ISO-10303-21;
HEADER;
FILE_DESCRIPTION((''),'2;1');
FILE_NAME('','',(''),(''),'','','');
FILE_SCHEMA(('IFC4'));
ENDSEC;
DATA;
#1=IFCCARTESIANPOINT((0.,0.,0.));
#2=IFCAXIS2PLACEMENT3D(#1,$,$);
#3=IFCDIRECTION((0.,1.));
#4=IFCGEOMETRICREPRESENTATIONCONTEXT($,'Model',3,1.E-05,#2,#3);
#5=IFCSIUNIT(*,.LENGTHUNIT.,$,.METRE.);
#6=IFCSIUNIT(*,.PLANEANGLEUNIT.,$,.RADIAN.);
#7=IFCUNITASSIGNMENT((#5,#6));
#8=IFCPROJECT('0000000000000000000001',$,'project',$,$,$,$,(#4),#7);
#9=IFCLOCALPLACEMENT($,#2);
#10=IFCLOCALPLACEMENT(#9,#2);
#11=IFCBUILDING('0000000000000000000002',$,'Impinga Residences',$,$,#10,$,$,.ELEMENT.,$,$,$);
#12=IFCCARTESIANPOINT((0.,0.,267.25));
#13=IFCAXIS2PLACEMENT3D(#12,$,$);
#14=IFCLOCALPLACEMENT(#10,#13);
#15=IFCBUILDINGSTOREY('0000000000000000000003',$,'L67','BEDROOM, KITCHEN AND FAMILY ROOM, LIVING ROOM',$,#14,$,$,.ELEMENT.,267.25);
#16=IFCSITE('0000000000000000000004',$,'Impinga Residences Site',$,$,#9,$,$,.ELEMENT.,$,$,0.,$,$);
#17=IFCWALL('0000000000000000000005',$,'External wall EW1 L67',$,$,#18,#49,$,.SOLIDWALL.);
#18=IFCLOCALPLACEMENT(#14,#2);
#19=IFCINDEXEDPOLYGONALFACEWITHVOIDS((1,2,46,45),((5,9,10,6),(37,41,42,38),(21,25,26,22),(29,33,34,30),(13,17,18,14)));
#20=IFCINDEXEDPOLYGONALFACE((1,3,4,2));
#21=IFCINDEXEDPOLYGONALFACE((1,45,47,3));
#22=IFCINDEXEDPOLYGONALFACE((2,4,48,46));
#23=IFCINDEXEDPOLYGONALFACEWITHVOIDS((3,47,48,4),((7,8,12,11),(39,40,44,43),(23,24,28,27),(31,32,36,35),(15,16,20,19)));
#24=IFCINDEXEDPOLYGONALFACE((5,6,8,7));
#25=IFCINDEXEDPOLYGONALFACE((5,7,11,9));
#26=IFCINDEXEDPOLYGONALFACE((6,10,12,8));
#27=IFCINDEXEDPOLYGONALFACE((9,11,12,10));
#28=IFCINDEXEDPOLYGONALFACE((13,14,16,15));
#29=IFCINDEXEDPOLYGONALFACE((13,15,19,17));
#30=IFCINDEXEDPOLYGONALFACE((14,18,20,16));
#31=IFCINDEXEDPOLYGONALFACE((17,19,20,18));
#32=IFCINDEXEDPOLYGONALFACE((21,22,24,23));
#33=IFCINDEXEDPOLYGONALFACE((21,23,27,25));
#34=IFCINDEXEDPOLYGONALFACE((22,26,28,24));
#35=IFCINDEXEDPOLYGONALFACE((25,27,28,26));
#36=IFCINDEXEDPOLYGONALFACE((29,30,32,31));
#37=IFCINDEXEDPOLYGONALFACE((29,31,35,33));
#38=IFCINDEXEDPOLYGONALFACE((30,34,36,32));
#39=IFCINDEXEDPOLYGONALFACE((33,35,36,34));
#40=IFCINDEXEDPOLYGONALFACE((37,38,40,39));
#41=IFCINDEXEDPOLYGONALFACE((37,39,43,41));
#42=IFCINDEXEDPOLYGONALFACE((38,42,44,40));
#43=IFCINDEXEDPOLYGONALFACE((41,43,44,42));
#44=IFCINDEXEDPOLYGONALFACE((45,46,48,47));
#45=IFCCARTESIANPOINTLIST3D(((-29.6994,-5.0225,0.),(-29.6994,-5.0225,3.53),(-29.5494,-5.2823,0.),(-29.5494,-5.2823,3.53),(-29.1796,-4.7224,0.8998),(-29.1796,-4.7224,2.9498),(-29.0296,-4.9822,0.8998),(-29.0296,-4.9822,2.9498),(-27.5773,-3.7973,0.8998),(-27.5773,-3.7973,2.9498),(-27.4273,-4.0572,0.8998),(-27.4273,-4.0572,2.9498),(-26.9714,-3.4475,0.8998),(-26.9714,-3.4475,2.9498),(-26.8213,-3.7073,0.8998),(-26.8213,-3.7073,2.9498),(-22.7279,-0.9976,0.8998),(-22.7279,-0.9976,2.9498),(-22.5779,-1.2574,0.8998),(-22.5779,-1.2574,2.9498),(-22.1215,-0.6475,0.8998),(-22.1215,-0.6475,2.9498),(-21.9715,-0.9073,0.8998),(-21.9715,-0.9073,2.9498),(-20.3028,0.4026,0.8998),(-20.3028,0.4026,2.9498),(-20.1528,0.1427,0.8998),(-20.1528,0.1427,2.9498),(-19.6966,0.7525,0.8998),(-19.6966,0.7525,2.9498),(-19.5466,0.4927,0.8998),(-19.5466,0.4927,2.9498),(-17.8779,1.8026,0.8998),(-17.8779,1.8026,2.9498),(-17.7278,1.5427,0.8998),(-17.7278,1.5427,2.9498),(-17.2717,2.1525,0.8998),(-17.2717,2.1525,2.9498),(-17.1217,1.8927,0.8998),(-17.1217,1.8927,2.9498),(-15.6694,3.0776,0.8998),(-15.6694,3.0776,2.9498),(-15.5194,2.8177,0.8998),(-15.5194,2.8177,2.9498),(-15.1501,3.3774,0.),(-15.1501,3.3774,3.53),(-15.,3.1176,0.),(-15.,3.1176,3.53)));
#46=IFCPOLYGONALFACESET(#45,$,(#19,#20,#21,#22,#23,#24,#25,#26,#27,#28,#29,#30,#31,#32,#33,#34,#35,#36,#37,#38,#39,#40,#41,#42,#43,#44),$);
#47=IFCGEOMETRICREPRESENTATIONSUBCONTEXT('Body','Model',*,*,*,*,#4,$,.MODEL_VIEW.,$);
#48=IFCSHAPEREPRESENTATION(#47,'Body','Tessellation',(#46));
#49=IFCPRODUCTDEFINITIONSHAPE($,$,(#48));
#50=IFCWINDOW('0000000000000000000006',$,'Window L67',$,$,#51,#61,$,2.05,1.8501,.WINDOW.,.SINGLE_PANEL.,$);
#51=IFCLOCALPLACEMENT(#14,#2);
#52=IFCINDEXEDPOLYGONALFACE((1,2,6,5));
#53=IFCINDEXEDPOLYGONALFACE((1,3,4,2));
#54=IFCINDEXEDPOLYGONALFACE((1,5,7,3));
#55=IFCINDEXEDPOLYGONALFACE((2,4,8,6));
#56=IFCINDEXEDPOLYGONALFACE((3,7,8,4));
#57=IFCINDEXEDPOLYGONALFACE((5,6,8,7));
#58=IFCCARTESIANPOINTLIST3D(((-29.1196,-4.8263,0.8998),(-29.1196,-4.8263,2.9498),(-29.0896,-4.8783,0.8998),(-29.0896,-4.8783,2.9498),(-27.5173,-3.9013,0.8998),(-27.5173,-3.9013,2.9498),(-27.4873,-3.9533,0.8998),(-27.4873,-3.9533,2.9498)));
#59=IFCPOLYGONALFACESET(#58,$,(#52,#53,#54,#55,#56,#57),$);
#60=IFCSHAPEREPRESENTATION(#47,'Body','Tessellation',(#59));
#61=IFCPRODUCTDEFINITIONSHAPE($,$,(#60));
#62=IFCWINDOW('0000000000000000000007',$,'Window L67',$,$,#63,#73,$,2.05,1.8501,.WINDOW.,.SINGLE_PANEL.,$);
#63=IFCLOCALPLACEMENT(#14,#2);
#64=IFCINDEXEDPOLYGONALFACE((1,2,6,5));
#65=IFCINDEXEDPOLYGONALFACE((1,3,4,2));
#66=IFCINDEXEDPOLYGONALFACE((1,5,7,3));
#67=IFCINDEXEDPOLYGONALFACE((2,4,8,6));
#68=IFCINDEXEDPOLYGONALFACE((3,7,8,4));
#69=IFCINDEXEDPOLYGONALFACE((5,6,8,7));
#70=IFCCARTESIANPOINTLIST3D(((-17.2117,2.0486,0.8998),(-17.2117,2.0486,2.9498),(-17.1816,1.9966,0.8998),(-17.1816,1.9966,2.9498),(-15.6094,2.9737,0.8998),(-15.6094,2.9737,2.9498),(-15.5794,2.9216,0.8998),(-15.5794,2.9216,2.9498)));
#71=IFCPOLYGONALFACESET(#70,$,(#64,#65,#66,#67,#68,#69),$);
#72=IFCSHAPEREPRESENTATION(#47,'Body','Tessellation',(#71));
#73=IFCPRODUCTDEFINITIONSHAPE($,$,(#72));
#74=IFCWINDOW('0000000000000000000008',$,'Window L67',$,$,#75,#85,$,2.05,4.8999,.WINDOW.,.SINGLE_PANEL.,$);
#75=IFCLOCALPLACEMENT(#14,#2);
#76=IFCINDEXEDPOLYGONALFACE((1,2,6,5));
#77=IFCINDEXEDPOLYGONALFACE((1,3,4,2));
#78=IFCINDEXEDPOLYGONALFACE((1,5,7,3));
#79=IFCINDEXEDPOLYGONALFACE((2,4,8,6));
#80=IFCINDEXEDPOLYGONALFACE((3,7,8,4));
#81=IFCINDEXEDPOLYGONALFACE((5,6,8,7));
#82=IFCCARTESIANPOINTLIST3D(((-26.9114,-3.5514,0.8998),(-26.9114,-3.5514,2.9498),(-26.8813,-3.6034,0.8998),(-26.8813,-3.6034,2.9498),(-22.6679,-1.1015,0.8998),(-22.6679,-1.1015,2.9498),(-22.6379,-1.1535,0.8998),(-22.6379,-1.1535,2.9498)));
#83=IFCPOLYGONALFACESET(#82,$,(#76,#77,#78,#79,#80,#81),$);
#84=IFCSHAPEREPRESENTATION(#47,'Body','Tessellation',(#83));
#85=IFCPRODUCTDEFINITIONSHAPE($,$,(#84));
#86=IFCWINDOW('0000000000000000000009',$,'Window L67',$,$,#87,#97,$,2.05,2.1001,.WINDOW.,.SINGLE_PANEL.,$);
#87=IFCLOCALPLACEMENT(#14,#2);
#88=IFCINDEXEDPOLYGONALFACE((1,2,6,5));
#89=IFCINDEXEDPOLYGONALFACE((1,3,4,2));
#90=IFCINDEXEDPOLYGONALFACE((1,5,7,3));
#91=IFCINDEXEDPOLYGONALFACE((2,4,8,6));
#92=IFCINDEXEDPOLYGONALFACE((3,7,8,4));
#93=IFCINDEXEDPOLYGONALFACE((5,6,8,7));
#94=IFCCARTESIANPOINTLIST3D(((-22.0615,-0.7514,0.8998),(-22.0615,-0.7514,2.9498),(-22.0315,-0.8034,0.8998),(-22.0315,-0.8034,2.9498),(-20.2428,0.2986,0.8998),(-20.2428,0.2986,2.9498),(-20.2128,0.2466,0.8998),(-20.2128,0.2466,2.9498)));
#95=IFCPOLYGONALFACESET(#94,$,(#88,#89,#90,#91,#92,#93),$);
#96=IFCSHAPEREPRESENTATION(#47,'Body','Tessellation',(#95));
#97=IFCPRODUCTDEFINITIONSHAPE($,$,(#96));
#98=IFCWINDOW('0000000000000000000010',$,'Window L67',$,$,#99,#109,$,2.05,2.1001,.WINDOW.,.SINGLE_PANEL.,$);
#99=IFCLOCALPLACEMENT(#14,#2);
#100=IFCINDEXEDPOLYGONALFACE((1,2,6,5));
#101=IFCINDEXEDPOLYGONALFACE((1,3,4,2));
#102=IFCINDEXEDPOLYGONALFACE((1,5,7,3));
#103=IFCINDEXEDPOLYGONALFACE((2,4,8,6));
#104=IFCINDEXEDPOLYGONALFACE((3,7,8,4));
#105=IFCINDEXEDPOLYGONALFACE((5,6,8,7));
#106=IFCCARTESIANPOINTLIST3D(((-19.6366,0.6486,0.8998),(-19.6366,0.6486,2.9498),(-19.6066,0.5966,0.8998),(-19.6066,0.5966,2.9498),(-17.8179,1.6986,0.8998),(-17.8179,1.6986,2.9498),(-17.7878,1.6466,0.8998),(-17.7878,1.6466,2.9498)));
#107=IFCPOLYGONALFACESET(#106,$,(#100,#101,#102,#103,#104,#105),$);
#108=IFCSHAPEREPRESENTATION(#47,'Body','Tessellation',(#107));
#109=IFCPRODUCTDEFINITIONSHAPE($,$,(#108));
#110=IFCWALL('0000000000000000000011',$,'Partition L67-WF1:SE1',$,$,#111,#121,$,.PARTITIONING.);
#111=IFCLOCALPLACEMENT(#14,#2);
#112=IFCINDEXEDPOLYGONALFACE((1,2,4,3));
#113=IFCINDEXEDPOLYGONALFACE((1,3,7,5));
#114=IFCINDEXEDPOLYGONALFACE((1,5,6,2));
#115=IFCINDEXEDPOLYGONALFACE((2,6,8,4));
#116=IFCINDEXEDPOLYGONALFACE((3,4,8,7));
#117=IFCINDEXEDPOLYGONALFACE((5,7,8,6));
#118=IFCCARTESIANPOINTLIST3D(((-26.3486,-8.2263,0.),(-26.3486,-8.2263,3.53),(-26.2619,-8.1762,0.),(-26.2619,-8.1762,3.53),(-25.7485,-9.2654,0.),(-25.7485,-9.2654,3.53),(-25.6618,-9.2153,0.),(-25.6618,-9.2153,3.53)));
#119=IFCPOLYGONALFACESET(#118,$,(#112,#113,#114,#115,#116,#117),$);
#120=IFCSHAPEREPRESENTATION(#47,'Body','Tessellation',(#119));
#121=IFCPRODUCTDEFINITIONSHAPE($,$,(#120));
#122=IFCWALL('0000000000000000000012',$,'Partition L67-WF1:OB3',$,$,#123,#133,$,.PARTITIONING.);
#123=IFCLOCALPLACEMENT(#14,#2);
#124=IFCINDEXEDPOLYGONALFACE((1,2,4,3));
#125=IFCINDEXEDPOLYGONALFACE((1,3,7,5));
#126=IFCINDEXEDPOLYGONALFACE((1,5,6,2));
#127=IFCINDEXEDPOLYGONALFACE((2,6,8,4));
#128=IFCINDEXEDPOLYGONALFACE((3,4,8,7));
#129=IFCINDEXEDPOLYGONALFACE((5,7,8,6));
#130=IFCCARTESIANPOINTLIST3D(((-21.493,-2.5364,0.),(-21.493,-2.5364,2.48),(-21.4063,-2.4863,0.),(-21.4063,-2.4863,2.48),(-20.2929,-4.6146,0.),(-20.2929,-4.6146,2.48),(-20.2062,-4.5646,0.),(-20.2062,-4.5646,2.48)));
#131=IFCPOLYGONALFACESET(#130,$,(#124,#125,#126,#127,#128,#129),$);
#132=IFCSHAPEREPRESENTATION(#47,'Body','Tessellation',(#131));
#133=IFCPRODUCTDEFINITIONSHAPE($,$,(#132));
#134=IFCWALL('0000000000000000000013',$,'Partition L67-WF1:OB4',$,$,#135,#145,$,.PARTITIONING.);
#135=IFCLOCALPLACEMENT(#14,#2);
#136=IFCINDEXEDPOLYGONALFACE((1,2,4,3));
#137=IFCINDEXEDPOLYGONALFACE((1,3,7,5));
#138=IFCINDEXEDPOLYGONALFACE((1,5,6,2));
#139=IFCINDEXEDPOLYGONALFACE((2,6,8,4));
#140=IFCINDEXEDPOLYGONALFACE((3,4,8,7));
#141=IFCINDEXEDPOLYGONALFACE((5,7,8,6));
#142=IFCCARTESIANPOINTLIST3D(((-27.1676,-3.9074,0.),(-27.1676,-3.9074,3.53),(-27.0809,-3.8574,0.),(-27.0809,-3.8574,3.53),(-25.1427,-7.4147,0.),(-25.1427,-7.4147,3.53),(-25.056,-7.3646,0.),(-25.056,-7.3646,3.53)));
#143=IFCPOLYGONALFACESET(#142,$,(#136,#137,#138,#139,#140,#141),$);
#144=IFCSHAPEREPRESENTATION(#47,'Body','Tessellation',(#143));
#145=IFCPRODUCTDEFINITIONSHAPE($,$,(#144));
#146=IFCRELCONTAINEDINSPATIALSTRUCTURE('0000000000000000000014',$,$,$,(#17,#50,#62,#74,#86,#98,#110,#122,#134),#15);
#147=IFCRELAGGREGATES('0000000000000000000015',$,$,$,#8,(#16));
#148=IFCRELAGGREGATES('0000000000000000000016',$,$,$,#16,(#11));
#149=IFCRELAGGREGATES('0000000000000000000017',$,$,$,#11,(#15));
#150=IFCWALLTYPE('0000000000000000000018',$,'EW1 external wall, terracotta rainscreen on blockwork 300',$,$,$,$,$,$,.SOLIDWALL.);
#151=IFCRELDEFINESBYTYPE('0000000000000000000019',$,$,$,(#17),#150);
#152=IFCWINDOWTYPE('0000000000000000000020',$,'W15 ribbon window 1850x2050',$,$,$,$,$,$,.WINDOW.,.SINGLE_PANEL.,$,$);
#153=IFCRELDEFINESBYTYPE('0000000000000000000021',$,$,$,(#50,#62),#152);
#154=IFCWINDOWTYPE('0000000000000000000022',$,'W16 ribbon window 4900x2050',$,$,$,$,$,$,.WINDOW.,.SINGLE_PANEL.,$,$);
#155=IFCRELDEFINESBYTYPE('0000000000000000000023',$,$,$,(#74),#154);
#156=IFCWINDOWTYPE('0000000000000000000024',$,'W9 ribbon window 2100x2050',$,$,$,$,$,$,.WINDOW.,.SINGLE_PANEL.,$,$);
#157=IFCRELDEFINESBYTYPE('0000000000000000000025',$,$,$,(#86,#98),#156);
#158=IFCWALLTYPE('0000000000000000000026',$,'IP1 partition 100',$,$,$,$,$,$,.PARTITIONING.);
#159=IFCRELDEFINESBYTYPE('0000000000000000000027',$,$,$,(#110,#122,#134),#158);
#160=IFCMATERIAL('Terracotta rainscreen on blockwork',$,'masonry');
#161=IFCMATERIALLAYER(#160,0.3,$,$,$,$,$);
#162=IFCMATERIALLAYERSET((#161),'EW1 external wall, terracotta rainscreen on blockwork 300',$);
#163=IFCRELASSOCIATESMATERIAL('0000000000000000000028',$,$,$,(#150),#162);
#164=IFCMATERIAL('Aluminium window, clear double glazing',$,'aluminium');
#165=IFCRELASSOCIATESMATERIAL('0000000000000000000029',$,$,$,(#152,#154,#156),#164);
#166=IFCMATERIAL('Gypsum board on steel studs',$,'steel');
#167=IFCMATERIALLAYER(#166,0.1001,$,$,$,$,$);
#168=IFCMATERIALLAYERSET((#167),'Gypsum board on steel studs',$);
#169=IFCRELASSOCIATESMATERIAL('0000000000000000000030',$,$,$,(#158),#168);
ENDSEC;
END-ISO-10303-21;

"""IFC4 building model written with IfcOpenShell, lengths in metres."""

from ifc_helpers import new_model, si_unit, direction, frame, frame_2d, origin, place, context, subcontext, project, spatial, rectangle, extrude, material, layer, layer_set, type_object, element, fill, save


model = new_model("IFC4")

# Units and contexts
model_context = context("Model", 3, precision=1e-05, world=origin(), true_north=direction((0.0, 1.0)))
body_context = subcontext(model_context, "Body", "Model", "MODEL_VIEW")
ifc_project = project(units=[si_unit("LENGTHUNIT", "METRE"), si_unit("PLANEANGLEUNIT", "RADIAN")], contexts=[model_context])

# Site, building, storey
site_placement = place(None, origin())
site = spatial("IfcSite", under=ifc_project, at=site_placement, Name="Impinga Residences Site", CompositionType="ELEMENT", RefElevation=0.0)
building_placement = place(site_placement, origin())
building = spatial("IfcBuilding", under=site, at=building_placement, Name="Impinga Residences", CompositionType="ELEMENT")
storey_placement = place(building_placement, frame((0.0, 0.0, 267.25)))
storey = spatial("IfcBuildingStorey", under=building, at=storey_placement, Name="L67", Description="BEDROOM, KITCHEN AND FAMILY ROOM, LIVING ROOM", CompositionType="ELEMENT", Elevation=267.25)

# Shared definitions
ifc_material_1 = material(Name="Terracotta rainscreen on blockwork", Category="masonry")
ifc_layer_1 = layer(ifc_material_1, 0.3)
ifc_layer_set_1 = layer_set([ifc_layer_1], Name="EW1 external wall, terracotta rainscreen on blockwork 300")
wall_type_1 = type_object("IfcWallType", Name="EW1 external wall, terracotta rainscreen on blockwork 300", PredefinedType="SOLIDWALL", material=ifc_layer_set_1)

# Wall, openings, windows
wall_1_placement = place(storey_placement, frame((-29.6243, -5.1523, 0.0), z_axis=(0.0, 0.0, 1.0), x_axis=(0.866029, 0.499993, 0.0)))
wall_1 = element("IfcWall", 1, at=wall_1_placement, inside=storey, type_object=wall_type_1, Name="External wall EW1 L67", PredefinedType="SOLIDWALL", context=body_context, shape_type="SweptSolid", body=[
    extrude(rectangle(XDim=16.8, YDim=0.3, at=frame_2d((8.3999, 0.0))), origin(), (0.0, 0.0, 1.0), 3.53),
])
opening_1_placement = place(wall_1_placement, frame((0.6001, 0.0, 0.8999)))
opening_1 = element("IfcOpeningElement", 2, at=opening_1_placement, cuts=wall_1, PredefinedType="OPENING", context=body_context, shape_type="SweptSolid", body=[
    extrude(rectangle(XDim=1.8501, YDim=2.05, at=frame_2d((0.925, 1.0249))), frame((0.0, 0.1599, 0.0), z_axis=(0.0, -1.0, 0.0), x_axis=(1.0, 0.0, 0.0)), (0.0, 0.0, 1.0), 0.3201),
])
opening_2_placement = place(wall_1_placement, frame((3.1499, 0.0, 0.8999)))
opening_2 = element("IfcOpeningElement", 3, at=opening_2_placement, cuts=wall_1, PredefinedType="OPENING", context=body_context, shape_type="SweptSolid", body=[
    extrude(rectangle(XDim=4.8999, YDim=2.05, at=frame_2d((2.45, 1.0249))), frame((0.0, 0.1599, 0.0), z_axis=(0.0, -1.0, 0.0), x_axis=(1.0, 0.0, 0.0)), (0.0, 0.0, 1.0), 0.3201),
])
opening_3_placement = place(wall_1_placement, frame((8.75, 0.0, 0.8999)))
opening_3 = element("IfcOpeningElement", 4, at=opening_3_placement, cuts=wall_1, PredefinedType="OPENING", context=body_context, shape_type="SweptSolid", body=[
    extrude(rectangle(XDim=2.1001, YDim=2.05, at=frame_2d((1.05, 1.0249))), frame((0.0, 0.1599, 0.0), z_axis=(0.0, -1.0, 0.0), x_axis=(1.0, 0.0, 0.0)), (0.0, 0.0, 1.0), 0.3201),
])
opening_4_placement = place(wall_1_placement, frame((11.55, 0.0, 0.8999)))
opening_4 = element("IfcOpeningElement", 5, at=opening_4_placement, cuts=wall_1, PredefinedType="OPENING", context=body_context, shape_type="SweptSolid", body=[
    extrude(rectangle(XDim=2.1001, YDim=2.05, at=frame_2d((1.05, 1.0249))), frame((0.0, 0.1599, 0.0), z_axis=(0.0, -1.0, 0.0), x_axis=(1.0, 0.0, 0.0)), (0.0, 0.0, 1.0), 0.3201),
])
opening_5_placement = place(wall_1_placement, frame((14.3501, 0.0, 0.8999)))
opening_5 = element("IfcOpeningElement", 6, at=opening_5_placement, cuts=wall_1, PredefinedType="OPENING", context=body_context, shape_type="SweptSolid", body=[
    extrude(rectangle(XDim=1.8501, YDim=2.05, at=frame_2d((0.925, 1.0249))), frame((0.0, 0.1599, 0.0), z_axis=(0.0, -1.0, 0.0), x_axis=(1.0, 0.0, 0.0)), (0.0, 0.0, 1.0), 0.3201),
])
ifc_material_2 = material(Name="Aluminium window, clear double glazing", Category="aluminium")
window_type_1 = type_object("IfcWindowType", Name="W15 ribbon window 1850x2050", PartitioningType="SINGLE_PANEL", PredefinedType="WINDOW", material=ifc_material_2)
window_1_placement = place(opening_1_placement, origin())
window_1 = element("IfcWindow", 7, at=window_1_placement, inside=storey, type_object=window_type_1, Name="Window L67", OverallHeight=2.05, OverallWidth=1.8501, PartitioningType="SINGLE_PANEL", PredefinedType="WINDOW", context=body_context, shape_type="SweptSolid", body=[
    extrude(rectangle(XDim=1.8501, YDim=2.05, at=frame_2d((0.925, 1.0249))), frame((0.0, 0.03, 0.0), z_axis=(0.0, -1.0, 0.0), x_axis=(1.0, 0.0, 0.0)), (0.0, 0.0, 1.0), 0.0601),
])
fill(opening_1, window_1)
window_2_placement = place(opening_5_placement, origin())
window_2 = element("IfcWindow", 8, at=window_2_placement, inside=storey, type_object=window_type_1, Name="Window L67", OverallHeight=2.05, OverallWidth=1.8501, PartitioningType="SINGLE_PANEL", PredefinedType="WINDOW", context=body_context, shape_type="SweptSolid", body=[
    extrude(rectangle(XDim=1.8501, YDim=2.05, at=frame_2d((0.925, 1.0249))), frame((0.0, 0.03, 0.0), z_axis=(0.0, -1.0, 0.0), x_axis=(1.0, 0.0, 0.0)), (0.0, 0.0, 1.0), 0.0601),
])
fill(opening_5, window_2)
window_type_2 = type_object("IfcWindowType", Name="W16 ribbon window 4900x2050", PartitioningType="SINGLE_PANEL", PredefinedType="WINDOW", material=ifc_material_2)
window_3_placement = place(opening_2_placement, origin())
window_3 = element("IfcWindow", 9, at=window_3_placement, inside=storey, type_object=window_type_2, Name="Window L67", OverallHeight=2.05, OverallWidth=4.8999, PartitioningType="SINGLE_PANEL", PredefinedType="WINDOW", context=body_context, shape_type="SweptSolid", body=[
    extrude(rectangle(XDim=4.8999, YDim=2.05, at=frame_2d((2.45, 1.0249))), frame((0.0, 0.03, 0.0), z_axis=(0.0, -1.0, 0.0), x_axis=(1.0, 0.0, 0.0)), (0.0, 0.0, 1.0), 0.0601),
])
fill(opening_2, window_3)
window_type_3 = type_object("IfcWindowType", Name="W9 ribbon window 2100x2050", PartitioningType="SINGLE_PANEL", PredefinedType="WINDOW", material=ifc_material_2)
window_4_placement = place(opening_3_placement, origin())
window_4 = element("IfcWindow", 10, at=window_4_placement, inside=storey, type_object=window_type_3, Name="Window L67", OverallHeight=2.05, OverallWidth=2.1001, PartitioningType="SINGLE_PANEL", PredefinedType="WINDOW", context=body_context, shape_type="SweptSolid", body=[
    extrude(rectangle(XDim=2.1001, YDim=2.05, at=frame_2d((1.05, 1.0249))), frame((0.0, 0.03, 0.0), z_axis=(0.0, -1.0, 0.0), x_axis=(1.0, 0.0, 0.0)), (0.0, 0.0, 1.0), 0.0601),
])
fill(opening_3, window_4)
window_5_placement = place(opening_4_placement, origin())
window_5 = element("IfcWindow", 11, at=window_5_placement, inside=storey, type_object=window_type_3, Name="Window L67", OverallHeight=2.05, OverallWidth=2.1001, PartitioningType="SINGLE_PANEL", PredefinedType="WINDOW", context=body_context, shape_type="SweptSolid", body=[
    extrude(rectangle(XDim=2.1001, YDim=2.05, at=frame_2d((1.05, 1.0249))), frame((0.0, 0.03, 0.0), z_axis=(0.0, -1.0, 0.0), x_axis=(1.0, 0.0, 0.0)), (0.0, 0.0, 1.0), 0.0601),
])
fill(opening_4, window_5)

# Walls
ifc_material_3 = material(Name="Gypsum board on steel studs", Category="steel")
ifc_layer_2 = layer(ifc_material_3, 0.1001)
ifc_layer_set_2 = layer_set([ifc_layer_2], Name="Gypsum board on steel studs")
wall_type_2 = type_object("IfcWallType", Name="IP1 partition 100", PredefinedType="PARTITIONING", material=ifc_layer_set_2)
wall_2_placement = place(storey_placement, frame((-25.7051, -9.2405, 0.0), z_axis=(0.0, 0.0, 1.0), x_axis=(-0.500122, 0.865955, 0.0)))
element("IfcWall", 12, at=wall_2_placement, inside=storey, type_object=wall_type_2, Name="Partition L67-WF1:SE1", PredefinedType="PARTITIONING", context=body_context, shape_type="SweptSolid", body=[
    extrude(rectangle(XDim=1.2, YDim=0.1001, at=frame_2d((0.6001, 0.0))), origin(), (0.0, 0.0, 1.0), 3.53),
])
wall_3_placement = place(storey_placement, frame((-20.2495, -4.5896, 0.0), z_axis=(0.0, 0.0, 1.0), x_axis=(-0.500078, 0.865981, 0.0)))
element("IfcWall", 13, at=wall_3_placement, inside=storey, type_object=wall_type_2, Name="Partition L67-WF1:OB3", PredefinedType="PARTITIONING", context=body_context, shape_type="SweptSolid", body=[
    extrude(rectangle(XDim=2.3999, YDim=0.1001, at=frame_2d((1.2, 0.0))), origin(), (0.0, 0.0, 1.0), 2.48),
])
wall_4_placement = place(storey_placement, frame((-25.0994, -7.3896, 0.0), z_axis=(0.0, 0.0, 1.0), x_axis=(-0.49999, 0.866031, 0.0)))
element("IfcWall", 14, at=wall_4_placement, inside=storey, type_object=wall_type_2, Name="Partition L67-WF1:OB4", PredefinedType="PARTITIONING", context=body_context, shape_type="SweptSolid", body=[
    extrude(rectangle(XDim=4.0498, YDim=0.1001, at=frame_2d((2.0249, 0.0))), origin(), (0.0, 0.0, 1.0), 3.53),
])

save(model, "model.ifc")
